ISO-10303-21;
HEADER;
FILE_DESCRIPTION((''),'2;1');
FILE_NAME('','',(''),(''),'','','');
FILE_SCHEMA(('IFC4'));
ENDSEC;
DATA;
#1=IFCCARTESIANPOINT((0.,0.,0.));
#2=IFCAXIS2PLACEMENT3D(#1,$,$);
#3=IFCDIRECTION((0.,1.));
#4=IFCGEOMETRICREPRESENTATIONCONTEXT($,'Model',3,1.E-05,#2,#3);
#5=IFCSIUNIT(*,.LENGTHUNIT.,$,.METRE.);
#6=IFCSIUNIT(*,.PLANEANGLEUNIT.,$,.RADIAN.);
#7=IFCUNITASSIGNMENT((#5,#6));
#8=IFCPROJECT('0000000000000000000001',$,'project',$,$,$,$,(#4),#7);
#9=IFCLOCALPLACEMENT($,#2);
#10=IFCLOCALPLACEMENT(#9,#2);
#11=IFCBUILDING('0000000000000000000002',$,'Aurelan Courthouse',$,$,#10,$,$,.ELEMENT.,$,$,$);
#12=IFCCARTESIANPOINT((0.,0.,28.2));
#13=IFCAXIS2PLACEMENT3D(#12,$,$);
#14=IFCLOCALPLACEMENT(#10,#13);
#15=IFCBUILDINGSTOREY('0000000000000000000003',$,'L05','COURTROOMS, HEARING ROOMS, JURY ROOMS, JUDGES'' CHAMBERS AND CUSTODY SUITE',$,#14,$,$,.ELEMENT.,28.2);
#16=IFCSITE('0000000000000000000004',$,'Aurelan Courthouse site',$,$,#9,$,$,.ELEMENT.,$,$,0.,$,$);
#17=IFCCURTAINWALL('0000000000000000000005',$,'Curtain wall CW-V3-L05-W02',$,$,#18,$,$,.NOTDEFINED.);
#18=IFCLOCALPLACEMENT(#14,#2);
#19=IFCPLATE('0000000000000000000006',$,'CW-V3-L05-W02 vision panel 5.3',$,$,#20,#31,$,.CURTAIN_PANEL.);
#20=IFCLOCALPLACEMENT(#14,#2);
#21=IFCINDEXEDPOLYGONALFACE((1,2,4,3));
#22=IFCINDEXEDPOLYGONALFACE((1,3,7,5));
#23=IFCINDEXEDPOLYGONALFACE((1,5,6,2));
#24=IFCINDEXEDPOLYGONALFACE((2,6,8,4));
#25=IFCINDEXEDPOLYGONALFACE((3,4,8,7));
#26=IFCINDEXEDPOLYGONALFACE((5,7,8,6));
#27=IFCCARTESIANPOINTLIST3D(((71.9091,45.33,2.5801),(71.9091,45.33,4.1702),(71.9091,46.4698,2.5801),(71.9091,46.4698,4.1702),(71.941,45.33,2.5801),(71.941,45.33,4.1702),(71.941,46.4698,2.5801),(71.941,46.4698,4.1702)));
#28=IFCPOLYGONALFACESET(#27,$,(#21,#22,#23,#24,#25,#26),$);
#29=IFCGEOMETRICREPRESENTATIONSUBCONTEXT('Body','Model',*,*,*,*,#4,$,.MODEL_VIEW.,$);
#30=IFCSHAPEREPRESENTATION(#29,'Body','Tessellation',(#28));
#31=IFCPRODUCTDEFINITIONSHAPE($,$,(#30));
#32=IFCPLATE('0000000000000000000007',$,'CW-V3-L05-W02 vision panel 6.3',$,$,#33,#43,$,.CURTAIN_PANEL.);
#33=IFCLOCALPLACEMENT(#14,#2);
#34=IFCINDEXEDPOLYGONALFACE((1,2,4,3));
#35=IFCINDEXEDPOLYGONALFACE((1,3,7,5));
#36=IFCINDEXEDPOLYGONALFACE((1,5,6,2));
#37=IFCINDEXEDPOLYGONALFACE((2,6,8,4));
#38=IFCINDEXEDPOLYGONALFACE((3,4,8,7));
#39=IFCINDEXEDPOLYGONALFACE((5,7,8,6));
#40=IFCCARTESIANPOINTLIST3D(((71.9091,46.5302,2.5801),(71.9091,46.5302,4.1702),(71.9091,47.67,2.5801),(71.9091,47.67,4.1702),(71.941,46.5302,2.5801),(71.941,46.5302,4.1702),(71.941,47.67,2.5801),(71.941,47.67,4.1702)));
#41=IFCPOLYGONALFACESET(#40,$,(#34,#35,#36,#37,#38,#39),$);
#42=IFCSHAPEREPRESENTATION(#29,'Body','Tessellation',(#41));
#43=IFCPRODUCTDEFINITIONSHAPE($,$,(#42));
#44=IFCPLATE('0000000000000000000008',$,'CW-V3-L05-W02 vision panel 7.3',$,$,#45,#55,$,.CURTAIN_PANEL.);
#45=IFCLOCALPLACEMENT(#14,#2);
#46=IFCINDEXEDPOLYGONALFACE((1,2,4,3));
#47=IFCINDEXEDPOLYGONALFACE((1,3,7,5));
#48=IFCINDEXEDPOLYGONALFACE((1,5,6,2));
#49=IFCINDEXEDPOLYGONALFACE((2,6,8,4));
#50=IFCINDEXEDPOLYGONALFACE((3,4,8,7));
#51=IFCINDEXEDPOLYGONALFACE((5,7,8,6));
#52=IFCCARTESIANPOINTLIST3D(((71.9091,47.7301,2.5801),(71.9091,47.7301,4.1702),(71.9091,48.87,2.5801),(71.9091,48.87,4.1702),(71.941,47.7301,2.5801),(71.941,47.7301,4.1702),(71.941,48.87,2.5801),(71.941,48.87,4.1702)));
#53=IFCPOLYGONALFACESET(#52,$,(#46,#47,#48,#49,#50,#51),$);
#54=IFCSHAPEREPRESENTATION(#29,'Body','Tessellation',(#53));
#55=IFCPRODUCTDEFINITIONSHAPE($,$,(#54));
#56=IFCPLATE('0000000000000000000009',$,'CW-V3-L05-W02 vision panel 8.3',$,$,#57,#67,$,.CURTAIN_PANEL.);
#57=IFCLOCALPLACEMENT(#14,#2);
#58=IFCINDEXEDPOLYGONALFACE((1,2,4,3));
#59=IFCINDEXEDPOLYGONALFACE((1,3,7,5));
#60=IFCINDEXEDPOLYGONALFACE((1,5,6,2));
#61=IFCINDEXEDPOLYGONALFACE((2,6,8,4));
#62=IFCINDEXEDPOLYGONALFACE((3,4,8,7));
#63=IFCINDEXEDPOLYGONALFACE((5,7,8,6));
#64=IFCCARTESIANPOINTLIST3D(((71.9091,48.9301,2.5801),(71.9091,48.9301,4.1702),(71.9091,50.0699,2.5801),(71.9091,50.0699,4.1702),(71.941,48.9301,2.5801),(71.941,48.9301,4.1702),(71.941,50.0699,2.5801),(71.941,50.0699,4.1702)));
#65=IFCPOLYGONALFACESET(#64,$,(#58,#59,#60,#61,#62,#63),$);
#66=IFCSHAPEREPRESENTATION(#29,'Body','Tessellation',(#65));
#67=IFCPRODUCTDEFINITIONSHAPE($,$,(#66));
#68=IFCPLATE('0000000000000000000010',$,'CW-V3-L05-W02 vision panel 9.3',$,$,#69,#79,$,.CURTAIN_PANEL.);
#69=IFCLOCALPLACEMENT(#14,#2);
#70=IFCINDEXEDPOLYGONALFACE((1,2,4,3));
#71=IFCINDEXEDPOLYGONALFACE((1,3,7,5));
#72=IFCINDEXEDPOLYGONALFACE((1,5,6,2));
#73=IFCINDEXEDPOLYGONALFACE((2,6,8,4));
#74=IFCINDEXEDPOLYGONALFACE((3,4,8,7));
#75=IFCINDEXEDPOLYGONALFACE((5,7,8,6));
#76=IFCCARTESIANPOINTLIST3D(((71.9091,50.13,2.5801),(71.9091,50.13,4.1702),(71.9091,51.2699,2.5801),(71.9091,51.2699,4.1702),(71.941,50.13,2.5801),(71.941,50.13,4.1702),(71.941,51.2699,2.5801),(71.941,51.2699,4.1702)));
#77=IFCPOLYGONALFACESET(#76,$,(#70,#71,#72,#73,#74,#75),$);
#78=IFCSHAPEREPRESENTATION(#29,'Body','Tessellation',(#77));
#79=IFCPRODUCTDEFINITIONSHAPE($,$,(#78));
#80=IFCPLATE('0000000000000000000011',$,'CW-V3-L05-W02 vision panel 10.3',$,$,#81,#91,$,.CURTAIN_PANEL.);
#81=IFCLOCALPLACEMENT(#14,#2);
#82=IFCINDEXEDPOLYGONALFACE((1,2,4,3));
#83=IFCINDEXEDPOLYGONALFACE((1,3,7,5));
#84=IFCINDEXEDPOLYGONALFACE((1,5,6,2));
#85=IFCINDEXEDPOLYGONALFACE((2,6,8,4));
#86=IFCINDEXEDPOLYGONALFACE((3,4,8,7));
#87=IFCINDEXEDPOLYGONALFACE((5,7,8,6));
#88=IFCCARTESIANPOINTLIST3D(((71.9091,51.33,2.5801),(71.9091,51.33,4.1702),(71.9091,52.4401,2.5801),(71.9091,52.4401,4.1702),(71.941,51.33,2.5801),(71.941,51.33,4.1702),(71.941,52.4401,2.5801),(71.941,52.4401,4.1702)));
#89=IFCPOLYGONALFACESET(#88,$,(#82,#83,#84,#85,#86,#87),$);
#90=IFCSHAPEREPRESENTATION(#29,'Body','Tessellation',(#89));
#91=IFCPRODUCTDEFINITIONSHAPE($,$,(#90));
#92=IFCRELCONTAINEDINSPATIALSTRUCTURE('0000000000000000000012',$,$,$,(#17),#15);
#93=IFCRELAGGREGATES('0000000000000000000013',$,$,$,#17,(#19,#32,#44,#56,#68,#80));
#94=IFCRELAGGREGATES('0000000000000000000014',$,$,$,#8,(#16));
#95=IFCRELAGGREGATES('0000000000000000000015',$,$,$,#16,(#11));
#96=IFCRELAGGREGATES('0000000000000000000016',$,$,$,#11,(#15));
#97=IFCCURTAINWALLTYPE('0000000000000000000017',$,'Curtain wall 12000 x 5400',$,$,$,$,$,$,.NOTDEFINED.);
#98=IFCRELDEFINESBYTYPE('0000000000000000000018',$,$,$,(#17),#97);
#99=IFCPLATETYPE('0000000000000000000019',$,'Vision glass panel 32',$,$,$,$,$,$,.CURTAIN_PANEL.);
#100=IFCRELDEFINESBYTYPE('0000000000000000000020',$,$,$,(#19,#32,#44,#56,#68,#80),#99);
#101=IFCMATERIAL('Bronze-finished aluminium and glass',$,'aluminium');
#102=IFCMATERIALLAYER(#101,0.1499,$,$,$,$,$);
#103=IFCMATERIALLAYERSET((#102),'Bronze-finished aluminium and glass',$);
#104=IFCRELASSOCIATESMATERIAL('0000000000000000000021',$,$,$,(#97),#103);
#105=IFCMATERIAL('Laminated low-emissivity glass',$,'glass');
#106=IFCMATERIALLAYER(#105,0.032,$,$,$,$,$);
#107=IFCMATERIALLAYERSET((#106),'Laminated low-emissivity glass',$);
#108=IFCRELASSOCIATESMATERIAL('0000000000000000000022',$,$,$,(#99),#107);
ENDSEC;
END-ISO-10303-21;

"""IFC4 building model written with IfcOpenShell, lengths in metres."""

from ifc_helpers import new_model, si_unit, direction, frame, origin, origin_2d, place, context, subcontext, project, spatial, rectangle, extrude, material, layer, layer_set, type_object, element, aggregate, save


model = new_model("IFC4")

# Units and contexts
model_context = context("Model", 3, precision=1e-05, world=origin(), true_north=direction((0.0, 1.0)))
body_context = subcontext(model_context, "Body", "Model", "MODEL_VIEW")
ifc_project = project(units=[si_unit("LENGTHUNIT", "METRE"), si_unit("PLANEANGLEUNIT", "RADIAN")], contexts=[model_context])

# Site, building, storey
site_placement = place(None, origin())
site = spatial("IfcSite", under=ifc_project, at=site_placement, Name="Aurelan Courthouse site", CompositionType="ELEMENT", RefElevation=0.0)
building_placement = place(site_placement, origin())
building = spatial("IfcBuilding", under=site, at=building_placement, Name="Aurelan Courthouse", CompositionType="ELEMENT")
storey_placement = place(building_placement, frame((0.0, 0.0, 28.2)))
storey = spatial("IfcBuildingStorey", under=building, at=storey_placement, Name="L05", Description="COURTROOMS, HEARING ROOMS, JURY ROOMS, JUDGES' CHAMBERS AND CUSTODY SUITE", CompositionType="ELEMENT", Elevation=28.2)

# Curtain wall, plates
ifc_material_1 = material(Name="Bronze-finished aluminium and glass", Category="aluminium")
ifc_layer_1 = layer(ifc_material_1, 0.1499)
ifc_layer_set_1 = layer_set([ifc_layer_1], Name="Bronze-finished aluminium and glass")
curtain_wall_type = type_object("IfcCurtainWallType", Name="Curtain wall 12000 x 5400", PredefinedType="NOTDEFINED", material=ifc_layer_set_1)
curtain_wall_placement = place(storey_placement, origin())
curtain_wall = element("IfcCurtainWall", 1, at=curtain_wall_placement, inside=storey, type_object=curtain_wall_type, Name="Curtain wall CW-V3-L05-W02", PredefinedType="NOTDEFINED")
ifc_material_2 = material(Name="Laminated low-emissivity glass", Category="glass")
ifc_layer_2 = layer(ifc_material_2, 0.032)
ifc_layer_set_2 = layer_set([ifc_layer_2], Name="Laminated low-emissivity glass")
plate_type_1 = type_object("IfcPlateType", Name="Vision glass panel 32", PredefinedType="CURTAIN_PANEL", material=ifc_layer_set_2)
plate_1_placement = place(storey_placement, frame((71.925, 45.8999, 2.5801), z_axis=(0.0, 0.0, 1.0), x_axis=(0.0, 1.0, 0.0)))
plate_1 = element("IfcPlate", 2, at=plate_1_placement, type_object=plate_type_1, Name="CW-V3-L05-W02 vision panel 5.3", PredefinedType="CURTAIN_PANEL", context=body_context, shape_type="SweptSolid", body=[
    extrude(rectangle(XDim=1.1399, YDim=0.032, at=origin_2d()), origin(), (0.0, 0.0, 1.0), 1.5901),
])
plate_2_placement = place(storey_placement, frame((71.925, 47.1001, 2.5801), z_axis=(0.0, 0.0, 1.0), x_axis=(0.0, 1.0, 0.0)))
plate_2 = element("IfcPlate", 3, at=plate_2_placement, type_object=plate_type_1, Name="CW-V3-L05-W02 vision panel 6.3", PredefinedType="CURTAIN_PANEL", context=body_context, shape_type="SweptSolid", body=[
    extrude(rectangle(XDim=1.1399, YDim=0.032, at=origin_2d()), origin(), (0.0, 0.0, 1.0), 1.5901),
])
plate_3_placement = place(storey_placement, frame((71.925, 48.3, 2.5801), z_axis=(0.0, 0.0, 1.0), x_axis=(0.0, 1.0, 0.0)))
plate_3 = element("IfcPlate", 4, at=plate_3_placement, type_object=plate_type_1, Name="CW-V3-L05-W02 vision panel 7.3", PredefinedType="CURTAIN_PANEL", context=body_context, shape_type="SweptSolid", body=[
    extrude(rectangle(XDim=1.1399, YDim=0.032, at=origin_2d()), origin(), (0.0, 0.0, 1.0), 1.5901),
])
plate_4_placement = place(storey_placement, frame((71.925, 49.5, 2.5801), z_axis=(0.0, 0.0, 1.0), x_axis=(0.0, 1.0, 0.0)))
plate_4 = element("IfcPlate", 5, at=plate_4_placement, type_object=plate_type_1, Name="CW-V3-L05-W02 vision panel 8.3", PredefinedType="CURTAIN_PANEL", context=body_context, shape_type="SweptSolid", body=[
    extrude(rectangle(XDim=1.1399, YDim=0.032, at=origin_2d()), origin(), (0.0, 0.0, 1.0), 1.5901),
])
plate_5_placement = place(storey_placement, frame((71.925, 50.7, 2.5801), z_axis=(0.0, 0.0, 1.0), x_axis=(0.0, 1.0, 0.0)))
plate_5 = element("IfcPlate", 6, at=plate_5_placement, type_object=plate_type_1, Name="CW-V3-L05-W02 vision panel 9.3", PredefinedType="CURTAIN_PANEL", context=body_context, shape_type="SweptSolid", body=[
    extrude(rectangle(XDim=1.1399, YDim=0.032, at=origin_2d()), origin(), (0.0, 0.0, 1.0), 1.5901),
])
plate_6_placement = place(storey_placement, frame((71.925, 51.885, 2.5801), z_axis=(0.0, 0.0, 1.0), x_axis=(0.0, 1.0, 0.0)))
plate_6 = element("IfcPlate", 7, at=plate_6_placement, type_object=plate_type_1, Name="CW-V3-L05-W02 vision panel 10.3", PredefinedType="CURTAIN_PANEL", context=body_context, shape_type="SweptSolid", body=[
    extrude(rectangle(XDim=1.1101, YDim=0.032, at=origin_2d()), origin(), (0.0, 0.0, 1.0), 1.5901),
])
aggregate(curtain_wall, [plate_1, plate_2, plate_3, plate_4, plate_5, plate_6])

save(model, "model.ifc")
